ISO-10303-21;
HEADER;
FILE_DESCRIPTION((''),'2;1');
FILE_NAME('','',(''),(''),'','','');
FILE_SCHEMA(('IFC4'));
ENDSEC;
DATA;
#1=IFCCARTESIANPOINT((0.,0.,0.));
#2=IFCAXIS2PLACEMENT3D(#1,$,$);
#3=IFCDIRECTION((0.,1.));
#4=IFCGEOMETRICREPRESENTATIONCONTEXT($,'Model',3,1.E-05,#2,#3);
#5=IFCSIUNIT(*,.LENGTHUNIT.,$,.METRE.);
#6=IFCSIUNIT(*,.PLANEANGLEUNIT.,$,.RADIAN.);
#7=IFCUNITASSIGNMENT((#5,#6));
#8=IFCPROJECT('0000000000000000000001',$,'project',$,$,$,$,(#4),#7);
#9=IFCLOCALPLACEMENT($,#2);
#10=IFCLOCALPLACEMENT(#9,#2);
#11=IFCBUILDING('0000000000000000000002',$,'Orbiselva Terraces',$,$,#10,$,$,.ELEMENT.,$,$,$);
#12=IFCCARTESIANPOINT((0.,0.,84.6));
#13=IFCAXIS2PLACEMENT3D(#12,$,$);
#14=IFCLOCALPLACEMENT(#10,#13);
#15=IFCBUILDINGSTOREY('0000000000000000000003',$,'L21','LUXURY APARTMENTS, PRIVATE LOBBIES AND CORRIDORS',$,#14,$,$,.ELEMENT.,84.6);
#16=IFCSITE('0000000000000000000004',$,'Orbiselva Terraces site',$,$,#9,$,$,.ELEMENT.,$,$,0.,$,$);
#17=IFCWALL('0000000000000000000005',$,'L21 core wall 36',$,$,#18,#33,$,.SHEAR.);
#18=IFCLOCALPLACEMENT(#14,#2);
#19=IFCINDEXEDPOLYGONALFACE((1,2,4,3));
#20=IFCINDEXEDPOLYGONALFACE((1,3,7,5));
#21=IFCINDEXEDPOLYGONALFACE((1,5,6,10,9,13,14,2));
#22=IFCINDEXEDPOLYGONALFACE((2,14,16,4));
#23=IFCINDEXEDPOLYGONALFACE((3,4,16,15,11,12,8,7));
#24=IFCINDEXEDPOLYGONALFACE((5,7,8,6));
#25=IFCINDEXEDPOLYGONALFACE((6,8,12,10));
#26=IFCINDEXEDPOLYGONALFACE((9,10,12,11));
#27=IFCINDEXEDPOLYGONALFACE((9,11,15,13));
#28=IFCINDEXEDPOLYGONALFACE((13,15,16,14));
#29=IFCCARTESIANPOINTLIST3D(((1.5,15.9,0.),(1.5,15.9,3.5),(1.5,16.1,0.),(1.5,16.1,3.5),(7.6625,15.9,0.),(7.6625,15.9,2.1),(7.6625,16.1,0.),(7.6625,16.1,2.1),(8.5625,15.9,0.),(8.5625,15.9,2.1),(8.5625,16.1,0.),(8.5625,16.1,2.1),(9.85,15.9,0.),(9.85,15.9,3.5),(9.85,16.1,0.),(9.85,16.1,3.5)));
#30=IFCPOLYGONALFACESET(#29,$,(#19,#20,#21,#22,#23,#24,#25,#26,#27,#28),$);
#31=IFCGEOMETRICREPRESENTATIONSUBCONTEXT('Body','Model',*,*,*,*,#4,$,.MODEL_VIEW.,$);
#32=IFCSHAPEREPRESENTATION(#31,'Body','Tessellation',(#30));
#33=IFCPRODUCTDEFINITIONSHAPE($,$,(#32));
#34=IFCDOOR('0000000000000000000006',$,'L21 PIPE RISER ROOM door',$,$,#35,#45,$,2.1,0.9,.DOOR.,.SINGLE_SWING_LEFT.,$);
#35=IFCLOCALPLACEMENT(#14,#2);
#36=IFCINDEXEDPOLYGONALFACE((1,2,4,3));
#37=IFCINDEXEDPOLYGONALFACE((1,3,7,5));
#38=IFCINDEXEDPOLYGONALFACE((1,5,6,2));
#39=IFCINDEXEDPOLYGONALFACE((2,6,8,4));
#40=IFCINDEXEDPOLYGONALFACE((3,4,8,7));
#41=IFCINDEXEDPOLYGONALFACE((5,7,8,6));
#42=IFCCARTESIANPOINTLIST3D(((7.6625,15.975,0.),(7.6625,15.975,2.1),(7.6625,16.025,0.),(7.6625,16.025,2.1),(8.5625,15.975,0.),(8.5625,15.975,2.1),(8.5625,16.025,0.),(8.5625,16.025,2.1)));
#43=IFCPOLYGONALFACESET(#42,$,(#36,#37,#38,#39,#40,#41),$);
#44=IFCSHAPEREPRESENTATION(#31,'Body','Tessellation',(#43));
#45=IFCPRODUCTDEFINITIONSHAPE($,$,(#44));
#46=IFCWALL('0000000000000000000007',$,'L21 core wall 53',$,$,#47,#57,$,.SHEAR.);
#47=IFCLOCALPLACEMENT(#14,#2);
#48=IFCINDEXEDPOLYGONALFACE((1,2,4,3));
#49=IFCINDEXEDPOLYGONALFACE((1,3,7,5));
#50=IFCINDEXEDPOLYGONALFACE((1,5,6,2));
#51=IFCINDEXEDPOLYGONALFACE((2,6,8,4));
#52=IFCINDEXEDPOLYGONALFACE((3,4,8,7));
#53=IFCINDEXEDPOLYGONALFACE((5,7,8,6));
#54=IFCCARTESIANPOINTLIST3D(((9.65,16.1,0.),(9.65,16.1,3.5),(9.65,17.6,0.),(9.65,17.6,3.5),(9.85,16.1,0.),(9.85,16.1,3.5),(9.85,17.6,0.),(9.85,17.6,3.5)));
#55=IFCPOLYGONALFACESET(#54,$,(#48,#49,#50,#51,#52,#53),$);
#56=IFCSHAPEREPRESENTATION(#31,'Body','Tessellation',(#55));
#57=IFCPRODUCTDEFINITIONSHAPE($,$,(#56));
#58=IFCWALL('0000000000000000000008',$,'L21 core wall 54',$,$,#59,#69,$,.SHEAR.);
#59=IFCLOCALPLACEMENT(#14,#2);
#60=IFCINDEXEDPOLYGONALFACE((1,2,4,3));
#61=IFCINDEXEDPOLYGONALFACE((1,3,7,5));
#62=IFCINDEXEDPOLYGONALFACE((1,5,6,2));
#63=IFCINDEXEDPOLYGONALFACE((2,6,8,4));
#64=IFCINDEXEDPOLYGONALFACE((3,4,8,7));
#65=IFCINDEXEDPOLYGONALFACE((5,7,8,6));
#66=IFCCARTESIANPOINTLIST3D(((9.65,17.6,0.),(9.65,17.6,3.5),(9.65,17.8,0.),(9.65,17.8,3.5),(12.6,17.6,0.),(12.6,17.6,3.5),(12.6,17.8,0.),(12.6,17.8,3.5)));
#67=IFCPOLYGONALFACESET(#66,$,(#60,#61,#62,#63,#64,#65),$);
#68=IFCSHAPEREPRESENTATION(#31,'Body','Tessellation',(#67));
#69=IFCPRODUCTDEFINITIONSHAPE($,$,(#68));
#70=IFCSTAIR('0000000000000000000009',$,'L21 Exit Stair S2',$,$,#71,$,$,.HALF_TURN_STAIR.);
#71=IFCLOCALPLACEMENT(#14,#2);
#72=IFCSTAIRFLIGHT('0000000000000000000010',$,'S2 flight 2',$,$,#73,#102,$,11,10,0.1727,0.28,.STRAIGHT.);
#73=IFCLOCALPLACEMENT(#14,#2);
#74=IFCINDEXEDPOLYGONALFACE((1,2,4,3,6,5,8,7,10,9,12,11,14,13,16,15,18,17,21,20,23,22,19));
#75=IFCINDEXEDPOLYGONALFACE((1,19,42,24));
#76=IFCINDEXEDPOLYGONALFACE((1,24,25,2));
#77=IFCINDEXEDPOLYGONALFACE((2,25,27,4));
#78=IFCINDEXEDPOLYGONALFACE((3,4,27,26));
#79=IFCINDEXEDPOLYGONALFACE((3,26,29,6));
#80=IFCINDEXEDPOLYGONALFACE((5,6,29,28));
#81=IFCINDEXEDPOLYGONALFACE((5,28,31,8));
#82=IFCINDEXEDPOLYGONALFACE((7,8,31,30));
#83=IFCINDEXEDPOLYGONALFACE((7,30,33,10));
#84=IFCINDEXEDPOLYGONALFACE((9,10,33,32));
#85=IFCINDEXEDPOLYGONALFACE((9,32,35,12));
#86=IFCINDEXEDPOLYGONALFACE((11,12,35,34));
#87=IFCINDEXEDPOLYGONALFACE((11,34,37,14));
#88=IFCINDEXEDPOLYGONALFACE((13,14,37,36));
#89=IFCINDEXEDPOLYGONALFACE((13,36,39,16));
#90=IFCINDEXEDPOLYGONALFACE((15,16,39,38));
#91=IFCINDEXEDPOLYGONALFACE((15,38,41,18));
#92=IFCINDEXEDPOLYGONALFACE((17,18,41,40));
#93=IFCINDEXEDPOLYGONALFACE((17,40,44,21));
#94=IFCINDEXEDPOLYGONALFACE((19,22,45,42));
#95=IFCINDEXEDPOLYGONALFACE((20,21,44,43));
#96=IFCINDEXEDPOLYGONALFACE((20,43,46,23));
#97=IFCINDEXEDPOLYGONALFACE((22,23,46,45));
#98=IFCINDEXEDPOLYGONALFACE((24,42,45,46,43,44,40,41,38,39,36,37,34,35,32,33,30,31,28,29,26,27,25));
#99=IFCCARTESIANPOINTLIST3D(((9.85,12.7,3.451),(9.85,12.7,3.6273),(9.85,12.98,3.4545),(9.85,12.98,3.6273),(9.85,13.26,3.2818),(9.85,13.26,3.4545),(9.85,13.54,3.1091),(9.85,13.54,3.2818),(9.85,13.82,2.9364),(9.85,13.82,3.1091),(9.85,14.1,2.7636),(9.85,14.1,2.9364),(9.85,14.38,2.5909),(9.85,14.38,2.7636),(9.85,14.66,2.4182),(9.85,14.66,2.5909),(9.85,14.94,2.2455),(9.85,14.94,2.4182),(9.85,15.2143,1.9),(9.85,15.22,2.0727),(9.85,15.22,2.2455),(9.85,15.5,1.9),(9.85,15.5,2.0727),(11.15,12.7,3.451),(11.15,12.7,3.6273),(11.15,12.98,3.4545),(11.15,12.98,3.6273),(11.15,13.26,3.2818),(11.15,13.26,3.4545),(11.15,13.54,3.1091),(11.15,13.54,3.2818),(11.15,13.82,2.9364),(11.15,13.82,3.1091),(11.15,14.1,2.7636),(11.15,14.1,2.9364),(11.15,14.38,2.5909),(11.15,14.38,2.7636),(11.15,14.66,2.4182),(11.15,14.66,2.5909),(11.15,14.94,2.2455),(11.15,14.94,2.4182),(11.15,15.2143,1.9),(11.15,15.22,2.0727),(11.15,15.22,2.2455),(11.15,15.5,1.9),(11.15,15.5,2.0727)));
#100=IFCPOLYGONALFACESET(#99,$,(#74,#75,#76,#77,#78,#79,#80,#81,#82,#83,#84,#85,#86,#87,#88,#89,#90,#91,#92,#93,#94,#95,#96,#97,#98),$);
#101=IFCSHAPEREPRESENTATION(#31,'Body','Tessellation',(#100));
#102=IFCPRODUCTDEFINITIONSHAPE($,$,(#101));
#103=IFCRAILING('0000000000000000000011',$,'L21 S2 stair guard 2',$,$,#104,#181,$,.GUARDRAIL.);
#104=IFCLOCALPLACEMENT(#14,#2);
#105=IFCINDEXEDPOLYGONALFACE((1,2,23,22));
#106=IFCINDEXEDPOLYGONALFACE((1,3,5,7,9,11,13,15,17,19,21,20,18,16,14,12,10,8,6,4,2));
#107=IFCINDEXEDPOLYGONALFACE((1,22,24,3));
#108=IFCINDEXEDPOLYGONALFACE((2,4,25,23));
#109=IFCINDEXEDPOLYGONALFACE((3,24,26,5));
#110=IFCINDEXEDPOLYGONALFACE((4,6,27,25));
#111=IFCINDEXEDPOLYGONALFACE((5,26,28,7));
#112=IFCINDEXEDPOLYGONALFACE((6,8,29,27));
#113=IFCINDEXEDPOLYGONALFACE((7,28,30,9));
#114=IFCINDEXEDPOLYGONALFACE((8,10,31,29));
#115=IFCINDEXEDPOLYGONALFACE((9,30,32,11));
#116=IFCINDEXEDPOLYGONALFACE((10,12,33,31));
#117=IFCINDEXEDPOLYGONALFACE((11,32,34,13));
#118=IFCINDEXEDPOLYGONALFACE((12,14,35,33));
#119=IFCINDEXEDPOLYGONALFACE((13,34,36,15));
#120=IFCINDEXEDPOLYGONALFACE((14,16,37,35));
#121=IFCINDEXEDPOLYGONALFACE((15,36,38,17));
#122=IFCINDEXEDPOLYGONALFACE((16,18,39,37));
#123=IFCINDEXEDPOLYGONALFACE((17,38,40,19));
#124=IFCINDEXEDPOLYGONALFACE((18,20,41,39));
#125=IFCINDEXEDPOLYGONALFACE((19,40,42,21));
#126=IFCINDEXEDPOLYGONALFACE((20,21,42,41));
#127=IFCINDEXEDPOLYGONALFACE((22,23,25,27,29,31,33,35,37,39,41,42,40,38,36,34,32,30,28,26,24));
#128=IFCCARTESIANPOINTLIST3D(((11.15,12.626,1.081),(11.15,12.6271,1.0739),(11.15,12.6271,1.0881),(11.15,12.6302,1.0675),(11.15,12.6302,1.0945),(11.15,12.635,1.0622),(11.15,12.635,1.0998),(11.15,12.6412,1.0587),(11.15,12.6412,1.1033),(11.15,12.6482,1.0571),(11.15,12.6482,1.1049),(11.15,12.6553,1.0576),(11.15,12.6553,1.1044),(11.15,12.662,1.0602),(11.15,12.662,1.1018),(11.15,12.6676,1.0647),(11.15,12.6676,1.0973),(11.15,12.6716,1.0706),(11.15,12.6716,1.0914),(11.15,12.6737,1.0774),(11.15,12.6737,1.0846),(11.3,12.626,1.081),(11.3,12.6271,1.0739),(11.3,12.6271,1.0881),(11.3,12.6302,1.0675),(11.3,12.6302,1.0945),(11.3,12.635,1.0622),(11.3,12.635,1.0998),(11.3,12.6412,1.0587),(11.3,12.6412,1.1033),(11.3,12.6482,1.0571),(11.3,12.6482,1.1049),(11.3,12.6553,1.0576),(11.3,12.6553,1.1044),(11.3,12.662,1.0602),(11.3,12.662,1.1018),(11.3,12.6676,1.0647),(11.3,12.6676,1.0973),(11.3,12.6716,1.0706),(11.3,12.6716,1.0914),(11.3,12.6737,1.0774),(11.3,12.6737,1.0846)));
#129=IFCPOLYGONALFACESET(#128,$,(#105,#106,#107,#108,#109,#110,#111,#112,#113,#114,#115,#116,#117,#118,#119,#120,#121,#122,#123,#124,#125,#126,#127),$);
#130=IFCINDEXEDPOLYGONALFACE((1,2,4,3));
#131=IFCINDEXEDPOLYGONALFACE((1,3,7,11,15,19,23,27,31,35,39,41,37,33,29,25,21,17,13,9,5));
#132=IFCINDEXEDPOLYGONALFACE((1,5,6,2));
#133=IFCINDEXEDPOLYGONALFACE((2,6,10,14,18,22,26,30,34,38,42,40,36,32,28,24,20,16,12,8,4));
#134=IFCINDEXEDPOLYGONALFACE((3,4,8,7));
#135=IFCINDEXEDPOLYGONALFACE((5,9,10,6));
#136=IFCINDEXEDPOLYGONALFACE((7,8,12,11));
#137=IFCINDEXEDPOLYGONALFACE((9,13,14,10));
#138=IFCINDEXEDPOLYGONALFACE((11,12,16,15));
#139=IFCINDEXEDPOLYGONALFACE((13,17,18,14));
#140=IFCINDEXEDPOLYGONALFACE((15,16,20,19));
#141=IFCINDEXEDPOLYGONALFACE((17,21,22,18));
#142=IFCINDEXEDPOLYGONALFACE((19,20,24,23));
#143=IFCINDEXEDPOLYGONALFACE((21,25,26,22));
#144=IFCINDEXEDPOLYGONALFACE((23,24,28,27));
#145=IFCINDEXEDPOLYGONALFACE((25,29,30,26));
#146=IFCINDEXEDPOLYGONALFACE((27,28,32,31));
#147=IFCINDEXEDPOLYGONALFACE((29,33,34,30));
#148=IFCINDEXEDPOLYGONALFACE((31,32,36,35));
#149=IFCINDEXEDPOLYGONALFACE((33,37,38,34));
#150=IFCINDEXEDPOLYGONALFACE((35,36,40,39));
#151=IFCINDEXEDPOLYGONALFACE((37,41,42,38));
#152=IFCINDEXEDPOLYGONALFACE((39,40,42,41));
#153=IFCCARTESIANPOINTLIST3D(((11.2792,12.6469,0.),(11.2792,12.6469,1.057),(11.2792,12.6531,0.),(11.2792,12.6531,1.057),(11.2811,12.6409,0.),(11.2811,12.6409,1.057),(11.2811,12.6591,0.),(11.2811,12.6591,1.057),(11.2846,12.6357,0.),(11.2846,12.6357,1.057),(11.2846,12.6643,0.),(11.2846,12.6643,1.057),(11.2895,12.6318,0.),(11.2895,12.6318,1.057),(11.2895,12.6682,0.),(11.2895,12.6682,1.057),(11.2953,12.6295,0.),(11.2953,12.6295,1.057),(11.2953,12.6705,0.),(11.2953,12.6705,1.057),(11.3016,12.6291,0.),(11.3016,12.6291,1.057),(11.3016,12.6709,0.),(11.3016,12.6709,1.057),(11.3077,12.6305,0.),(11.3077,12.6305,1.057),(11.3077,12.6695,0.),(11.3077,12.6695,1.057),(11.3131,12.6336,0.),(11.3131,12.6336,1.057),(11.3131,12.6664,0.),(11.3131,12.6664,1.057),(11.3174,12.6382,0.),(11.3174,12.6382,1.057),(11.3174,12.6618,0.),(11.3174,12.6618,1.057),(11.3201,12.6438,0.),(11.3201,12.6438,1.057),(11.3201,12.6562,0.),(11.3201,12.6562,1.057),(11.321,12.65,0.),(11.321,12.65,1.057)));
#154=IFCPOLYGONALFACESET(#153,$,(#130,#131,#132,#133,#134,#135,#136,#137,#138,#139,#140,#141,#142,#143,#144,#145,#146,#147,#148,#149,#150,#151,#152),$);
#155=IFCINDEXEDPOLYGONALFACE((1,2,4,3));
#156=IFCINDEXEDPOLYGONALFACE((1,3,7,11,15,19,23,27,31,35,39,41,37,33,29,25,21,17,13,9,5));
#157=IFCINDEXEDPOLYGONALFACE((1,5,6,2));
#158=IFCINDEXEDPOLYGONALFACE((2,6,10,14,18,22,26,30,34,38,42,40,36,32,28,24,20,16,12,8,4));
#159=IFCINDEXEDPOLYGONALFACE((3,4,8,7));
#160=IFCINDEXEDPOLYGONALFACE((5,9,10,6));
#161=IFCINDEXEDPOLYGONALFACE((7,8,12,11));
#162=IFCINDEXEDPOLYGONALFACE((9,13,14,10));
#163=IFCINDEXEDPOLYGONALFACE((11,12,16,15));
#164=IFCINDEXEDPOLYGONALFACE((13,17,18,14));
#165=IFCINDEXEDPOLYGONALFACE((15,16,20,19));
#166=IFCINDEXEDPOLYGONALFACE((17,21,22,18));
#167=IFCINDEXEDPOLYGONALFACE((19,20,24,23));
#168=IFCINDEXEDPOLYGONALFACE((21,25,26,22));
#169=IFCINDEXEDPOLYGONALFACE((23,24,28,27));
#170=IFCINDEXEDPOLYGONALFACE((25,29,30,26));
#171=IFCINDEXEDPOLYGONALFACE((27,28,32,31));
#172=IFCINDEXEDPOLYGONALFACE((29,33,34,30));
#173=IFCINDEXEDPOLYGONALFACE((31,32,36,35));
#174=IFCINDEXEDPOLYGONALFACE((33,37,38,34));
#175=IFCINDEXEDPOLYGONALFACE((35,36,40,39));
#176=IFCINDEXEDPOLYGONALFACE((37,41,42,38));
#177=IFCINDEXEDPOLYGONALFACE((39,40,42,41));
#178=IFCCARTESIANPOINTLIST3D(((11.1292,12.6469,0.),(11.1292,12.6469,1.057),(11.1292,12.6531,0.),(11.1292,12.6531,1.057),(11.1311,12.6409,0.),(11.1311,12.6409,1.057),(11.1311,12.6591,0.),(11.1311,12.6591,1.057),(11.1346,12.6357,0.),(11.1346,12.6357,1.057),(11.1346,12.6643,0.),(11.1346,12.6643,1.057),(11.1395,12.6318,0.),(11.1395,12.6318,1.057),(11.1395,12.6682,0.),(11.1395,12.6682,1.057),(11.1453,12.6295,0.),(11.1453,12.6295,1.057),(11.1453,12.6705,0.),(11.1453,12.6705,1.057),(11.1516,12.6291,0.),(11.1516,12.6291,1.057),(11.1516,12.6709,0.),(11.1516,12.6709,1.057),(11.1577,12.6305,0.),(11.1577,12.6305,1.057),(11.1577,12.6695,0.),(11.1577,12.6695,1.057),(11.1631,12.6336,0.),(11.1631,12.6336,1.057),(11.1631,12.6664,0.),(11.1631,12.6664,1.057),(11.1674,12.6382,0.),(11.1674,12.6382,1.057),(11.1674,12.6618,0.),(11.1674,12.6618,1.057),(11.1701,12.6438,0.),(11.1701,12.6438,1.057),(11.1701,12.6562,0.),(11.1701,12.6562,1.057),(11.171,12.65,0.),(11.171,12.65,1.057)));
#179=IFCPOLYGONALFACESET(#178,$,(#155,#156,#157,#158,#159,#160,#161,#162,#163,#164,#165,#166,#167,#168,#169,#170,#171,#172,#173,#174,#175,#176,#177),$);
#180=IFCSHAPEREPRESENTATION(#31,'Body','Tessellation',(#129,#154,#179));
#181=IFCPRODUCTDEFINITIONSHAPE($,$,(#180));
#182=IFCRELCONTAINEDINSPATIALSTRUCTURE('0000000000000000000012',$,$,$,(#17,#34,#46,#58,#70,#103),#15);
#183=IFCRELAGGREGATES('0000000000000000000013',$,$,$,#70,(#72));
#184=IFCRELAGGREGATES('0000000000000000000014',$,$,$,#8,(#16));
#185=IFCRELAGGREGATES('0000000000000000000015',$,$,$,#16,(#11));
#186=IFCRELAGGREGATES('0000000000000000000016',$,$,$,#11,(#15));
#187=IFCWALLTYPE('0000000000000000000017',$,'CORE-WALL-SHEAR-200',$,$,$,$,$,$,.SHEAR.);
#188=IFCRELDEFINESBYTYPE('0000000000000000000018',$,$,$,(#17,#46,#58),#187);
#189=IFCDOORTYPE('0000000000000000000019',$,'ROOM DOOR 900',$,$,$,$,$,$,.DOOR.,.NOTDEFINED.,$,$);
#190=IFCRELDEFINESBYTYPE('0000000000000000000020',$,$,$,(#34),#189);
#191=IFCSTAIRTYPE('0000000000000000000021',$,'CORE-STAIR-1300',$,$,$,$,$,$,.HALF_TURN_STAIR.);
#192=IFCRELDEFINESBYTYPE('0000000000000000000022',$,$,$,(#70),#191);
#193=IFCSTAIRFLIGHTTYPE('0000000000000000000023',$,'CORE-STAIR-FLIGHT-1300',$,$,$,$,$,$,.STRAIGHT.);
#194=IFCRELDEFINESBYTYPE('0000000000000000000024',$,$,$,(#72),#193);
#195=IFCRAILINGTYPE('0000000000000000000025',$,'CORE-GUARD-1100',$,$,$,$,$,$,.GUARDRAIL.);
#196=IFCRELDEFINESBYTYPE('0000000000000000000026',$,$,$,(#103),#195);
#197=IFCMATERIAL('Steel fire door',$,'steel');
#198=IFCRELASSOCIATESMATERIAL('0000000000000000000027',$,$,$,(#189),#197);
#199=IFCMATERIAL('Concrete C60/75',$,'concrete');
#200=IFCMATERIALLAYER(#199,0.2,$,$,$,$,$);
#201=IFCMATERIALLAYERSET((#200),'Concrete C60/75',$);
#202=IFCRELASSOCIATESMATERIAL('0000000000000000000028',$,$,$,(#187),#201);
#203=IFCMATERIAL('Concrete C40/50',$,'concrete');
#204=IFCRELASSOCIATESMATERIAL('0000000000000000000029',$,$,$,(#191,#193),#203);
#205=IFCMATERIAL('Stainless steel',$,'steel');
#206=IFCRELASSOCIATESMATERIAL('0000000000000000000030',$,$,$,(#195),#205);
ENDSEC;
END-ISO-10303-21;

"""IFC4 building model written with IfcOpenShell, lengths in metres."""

from ifc_helpers import new_model, si_unit, direction, frame, frame_2d, origin, origin_2d, place, context, subcontext, project, spatial, polyline, rectangle, circle, outline, extrude, material, layer, layer_set, type_object, element, fill, aggregate, save


model = new_model("IFC4")

# Units and contexts
model_context = context("Model", 3, precision=1e-05, world=origin(), true_north=direction((0.0, 1.0)))
body_context = subcontext(model_context, "Body", "Model", "MODEL_VIEW")
ifc_project = project(units=[si_unit("LENGTHUNIT", "METRE"), si_unit("PLANEANGLEUNIT", "RADIAN")], contexts=[model_context])

# Site, building, storey
site_placement = place(None, origin())
site = spatial("IfcSite", under=ifc_project, at=site_placement, Name="Orbiselva Terraces site", CompositionType="ELEMENT", RefElevation=0.0)
building_placement = place(site_placement, origin())
building = spatial("IfcBuilding", under=site, at=building_placement, Name="Orbiselva Terraces", CompositionType="ELEMENT")
storey_placement = place(building_placement, frame((0.0, 0.0, 84.6)))
storey = spatial("IfcBuildingStorey", under=building, at=storey_placement, Name="L21", Description="LUXURY APARTMENTS, PRIVATE LOBBIES AND CORRIDORS", CompositionType="ELEMENT", Elevation=84.6)

# Shared definitions
ifc_material_1 = material(Name="Steel fire door", Category="steel")
door_type = type_object("IfcDoorType", Name="ROOM DOOR 900", OperationType="NOTDEFINED", PredefinedType="DOOR", material=ifc_material_1)

# Shared definitions
ifc_material_2 = material(Name="Concrete C40/50", Category="concrete")
ifc_material_3 = material(Name="Concrete C60/75", Category="concrete")
ifc_layer_1 = layer(ifc_material_3, 0.2)
ifc_layer_set_1 = layer_set([ifc_layer_1], Name="Concrete C60/75")
wall_type_1 = type_object("IfcWallType", Name="CORE-WALL-SHEAR-200", PredefinedType="SHEAR", material=ifc_layer_set_1)

# Wall, opening, door
wall_1_placement = place(storey_placement, frame((9.85, 16.0, 0.0), z_axis=(0.0, 0.0, 1.0), x_axis=(-1.0, 0.0, 0.0)))
wall_1 = element("IfcWall", 1, at=wall_1_placement, inside=storey, type_object=wall_type_1, Name="L21 core wall 36", PredefinedType="SHEAR", context=body_context, shape_type="SweptSolid", body=[
    extrude(rectangle(XDim=8.35, YDim=0.2, at=frame_2d((4.175, 0.0))), origin(), (0.0, 0.0, 1.0), 3.5),
])
opening_1_placement = place(wall_1_placement, frame((1.2875, 0.0, 0.0)))
opening_1 = element("IfcOpeningElement", 2, at=opening_1_placement, cuts=wall_1, PredefinedType="OPENING", context=body_context, shape_type="SweptSolid", body=[
    extrude(rectangle(XDim=0.9, YDim=2.1, at=frame_2d((0.45, 1.05))), frame((0.0, 0.11, 0.0), z_axis=(0.0, -1.0, 0.0), x_axis=(1.0, 0.0, 0.0)), (0.0, 0.0, 1.0), 0.22),
])
door_1_placement = place(opening_1_placement, origin())
door_1 = element("IfcDoor", 3, at=door_1_placement, inside=storey, type_object=door_type, Name="L21 PIPE RISER ROOM door", OperationType="SINGLE_SWING_LEFT", OverallHeight=2.1, OverallWidth=0.9, PredefinedType="DOOR", context=body_context, shape_type="SweptSolid", body=[
    extrude(rectangle(XDim=0.9, YDim=2.1, at=frame_2d((0.45, 1.05))), frame((0.0, 0.025, 0.0), z_axis=(0.0, -1.0, 0.0), x_axis=(1.0, 0.0, 0.0)), (0.0, 0.0, 1.0), 0.05),
])
fill(opening_1, door_1)

# Walls
wall_2_placement = place(storey_placement, frame((9.75, 16.1, 0.0), z_axis=(0.0, 0.0, 1.0), x_axis=(0.0, 1.0, 0.0)))
element("IfcWall", 4, at=wall_2_placement, inside=storey, type_object=wall_type_1, Name="L21 core wall 53", PredefinedType="SHEAR", context=body_context, shape_type="SweptSolid", body=[
    extrude(rectangle(XDim=1.5, YDim=0.2, at=frame_2d((0.75, 0.0))), origin(), (0.0, 0.0, 1.0), 3.5),
])
wall_3_placement = place(storey_placement, frame((9.65, 17.7, 0.0), z_axis=(0.0, 0.0, 1.0), x_axis=(1.0, 0.0, 0.0)))
element("IfcWall", 5, at=wall_3_placement, inside=storey, type_object=wall_type_1, Name="L21 core wall 54", PredefinedType="SHEAR", context=body_context, shape_type="SweptSolid", body=[
    extrude(rectangle(XDim=2.95, YDim=0.2, at=frame_2d((1.475, 0.0))), origin(), (0.0, 0.0, 1.0), 3.5),
])

# Stair, stair flight
stair_type = type_object("IfcStairType", Name="CORE-STAIR-1300", PredefinedType="HALF_TURN_STAIR", material=ifc_material_2)
stair_placement = place(storey_placement, origin())
stair = element("IfcStair", 6, at=stair_placement, inside=storey, type_object=stair_type, Name="L21 Exit Stair S2", PredefinedType="HALF_TURN_STAIR")
stair_flight_type = type_object("IfcStairFlightType", Name="CORE-STAIR-FLIGHT-1300", PredefinedType="STRAIGHT", material=ifc_material_2)
stair_flight_placement = place(storey_placement, frame((10.5, 15.5, 1.9), z_axis=(0.0, 0.0, 1.0), x_axis=(0.0, -1.0, 0.0)))
stair_flight = element("IfcStairFlight", 7, at=stair_flight_placement, type_object=stair_flight_type, Name="S2 flight 2", NumberOfRisers=11, NumberOfTreads=10, PredefinedType="STRAIGHT", RiserHeight=0.1727, TreadLength=0.28, context=body_context, shape_type="SweptSolid", body=[
    extrude(outline(polyline([(0.0, 0.0), (0.0, 0.1727), (0.28, 0.1727), (0.28, 0.3455), (0.56, 0.3455), (0.56, 0.5182), (0.84, 0.5182), (0.84, 0.6909), (1.12, 0.6909), (1.12, 0.8636), (1.4, 0.8636), (1.4, 1.0364), (1.68, 1.0364), (1.68, 1.2091), (1.96, 1.2091), (1.96, 1.3818), (2.24, 1.3818), (2.24, 1.5545), (2.52, 1.5545), (2.52, 1.7273), (2.8, 1.7273), (2.8, 1.9), (2.8, 1.551), (0.2857, 0.0), (0.0, 0.0)])), frame((0.0, 0.65, 0.0), z_axis=(0.0, -1.0, 0.0), x_axis=(1.0, 0.0, 0.0)), (0.0, 0.0, 1.0), 1.3),
])
aggregate(stair, [stair_flight])

# Railing
ifc_material_4 = material(Name="Stainless steel", Category="steel")
railing_type_1 = type_object("IfcRailingType", Name="CORE-GUARD-1100", PredefinedType="GUARDRAIL", material=ifc_material_4)
railing_1_placement = place(storey_placement, frame((11.3, 12.65, 0.0)))
element("IfcRailing", 8, at=railing_1_placement, inside=storey, type_object=railing_type_1, Name="L21 S2 stair guard 2", PredefinedType="GUARDRAIL", context=body_context, shape_type="SweptSolid", body=[
    extrude(circle(Radius=0.024, at=origin_2d()), frame((0.0, 0.0, 1.081), z_axis=(-1.0, 0.0, 0.0), x_axis=(0.0, -1.0, 0.0)), (0.0, 0.0, 1.0), 0.15),
    extrude(circle(Radius=0.021, at=origin_2d()), origin(), (0.0, 0.0, 1.0), 1.057),
    extrude(circle(Radius=0.021, at=origin_2d()), frame((-0.15, 0.0, 0.0)), (0.0, 0.0, 1.0), 1.057),
])

save(model, "model.ifc")
